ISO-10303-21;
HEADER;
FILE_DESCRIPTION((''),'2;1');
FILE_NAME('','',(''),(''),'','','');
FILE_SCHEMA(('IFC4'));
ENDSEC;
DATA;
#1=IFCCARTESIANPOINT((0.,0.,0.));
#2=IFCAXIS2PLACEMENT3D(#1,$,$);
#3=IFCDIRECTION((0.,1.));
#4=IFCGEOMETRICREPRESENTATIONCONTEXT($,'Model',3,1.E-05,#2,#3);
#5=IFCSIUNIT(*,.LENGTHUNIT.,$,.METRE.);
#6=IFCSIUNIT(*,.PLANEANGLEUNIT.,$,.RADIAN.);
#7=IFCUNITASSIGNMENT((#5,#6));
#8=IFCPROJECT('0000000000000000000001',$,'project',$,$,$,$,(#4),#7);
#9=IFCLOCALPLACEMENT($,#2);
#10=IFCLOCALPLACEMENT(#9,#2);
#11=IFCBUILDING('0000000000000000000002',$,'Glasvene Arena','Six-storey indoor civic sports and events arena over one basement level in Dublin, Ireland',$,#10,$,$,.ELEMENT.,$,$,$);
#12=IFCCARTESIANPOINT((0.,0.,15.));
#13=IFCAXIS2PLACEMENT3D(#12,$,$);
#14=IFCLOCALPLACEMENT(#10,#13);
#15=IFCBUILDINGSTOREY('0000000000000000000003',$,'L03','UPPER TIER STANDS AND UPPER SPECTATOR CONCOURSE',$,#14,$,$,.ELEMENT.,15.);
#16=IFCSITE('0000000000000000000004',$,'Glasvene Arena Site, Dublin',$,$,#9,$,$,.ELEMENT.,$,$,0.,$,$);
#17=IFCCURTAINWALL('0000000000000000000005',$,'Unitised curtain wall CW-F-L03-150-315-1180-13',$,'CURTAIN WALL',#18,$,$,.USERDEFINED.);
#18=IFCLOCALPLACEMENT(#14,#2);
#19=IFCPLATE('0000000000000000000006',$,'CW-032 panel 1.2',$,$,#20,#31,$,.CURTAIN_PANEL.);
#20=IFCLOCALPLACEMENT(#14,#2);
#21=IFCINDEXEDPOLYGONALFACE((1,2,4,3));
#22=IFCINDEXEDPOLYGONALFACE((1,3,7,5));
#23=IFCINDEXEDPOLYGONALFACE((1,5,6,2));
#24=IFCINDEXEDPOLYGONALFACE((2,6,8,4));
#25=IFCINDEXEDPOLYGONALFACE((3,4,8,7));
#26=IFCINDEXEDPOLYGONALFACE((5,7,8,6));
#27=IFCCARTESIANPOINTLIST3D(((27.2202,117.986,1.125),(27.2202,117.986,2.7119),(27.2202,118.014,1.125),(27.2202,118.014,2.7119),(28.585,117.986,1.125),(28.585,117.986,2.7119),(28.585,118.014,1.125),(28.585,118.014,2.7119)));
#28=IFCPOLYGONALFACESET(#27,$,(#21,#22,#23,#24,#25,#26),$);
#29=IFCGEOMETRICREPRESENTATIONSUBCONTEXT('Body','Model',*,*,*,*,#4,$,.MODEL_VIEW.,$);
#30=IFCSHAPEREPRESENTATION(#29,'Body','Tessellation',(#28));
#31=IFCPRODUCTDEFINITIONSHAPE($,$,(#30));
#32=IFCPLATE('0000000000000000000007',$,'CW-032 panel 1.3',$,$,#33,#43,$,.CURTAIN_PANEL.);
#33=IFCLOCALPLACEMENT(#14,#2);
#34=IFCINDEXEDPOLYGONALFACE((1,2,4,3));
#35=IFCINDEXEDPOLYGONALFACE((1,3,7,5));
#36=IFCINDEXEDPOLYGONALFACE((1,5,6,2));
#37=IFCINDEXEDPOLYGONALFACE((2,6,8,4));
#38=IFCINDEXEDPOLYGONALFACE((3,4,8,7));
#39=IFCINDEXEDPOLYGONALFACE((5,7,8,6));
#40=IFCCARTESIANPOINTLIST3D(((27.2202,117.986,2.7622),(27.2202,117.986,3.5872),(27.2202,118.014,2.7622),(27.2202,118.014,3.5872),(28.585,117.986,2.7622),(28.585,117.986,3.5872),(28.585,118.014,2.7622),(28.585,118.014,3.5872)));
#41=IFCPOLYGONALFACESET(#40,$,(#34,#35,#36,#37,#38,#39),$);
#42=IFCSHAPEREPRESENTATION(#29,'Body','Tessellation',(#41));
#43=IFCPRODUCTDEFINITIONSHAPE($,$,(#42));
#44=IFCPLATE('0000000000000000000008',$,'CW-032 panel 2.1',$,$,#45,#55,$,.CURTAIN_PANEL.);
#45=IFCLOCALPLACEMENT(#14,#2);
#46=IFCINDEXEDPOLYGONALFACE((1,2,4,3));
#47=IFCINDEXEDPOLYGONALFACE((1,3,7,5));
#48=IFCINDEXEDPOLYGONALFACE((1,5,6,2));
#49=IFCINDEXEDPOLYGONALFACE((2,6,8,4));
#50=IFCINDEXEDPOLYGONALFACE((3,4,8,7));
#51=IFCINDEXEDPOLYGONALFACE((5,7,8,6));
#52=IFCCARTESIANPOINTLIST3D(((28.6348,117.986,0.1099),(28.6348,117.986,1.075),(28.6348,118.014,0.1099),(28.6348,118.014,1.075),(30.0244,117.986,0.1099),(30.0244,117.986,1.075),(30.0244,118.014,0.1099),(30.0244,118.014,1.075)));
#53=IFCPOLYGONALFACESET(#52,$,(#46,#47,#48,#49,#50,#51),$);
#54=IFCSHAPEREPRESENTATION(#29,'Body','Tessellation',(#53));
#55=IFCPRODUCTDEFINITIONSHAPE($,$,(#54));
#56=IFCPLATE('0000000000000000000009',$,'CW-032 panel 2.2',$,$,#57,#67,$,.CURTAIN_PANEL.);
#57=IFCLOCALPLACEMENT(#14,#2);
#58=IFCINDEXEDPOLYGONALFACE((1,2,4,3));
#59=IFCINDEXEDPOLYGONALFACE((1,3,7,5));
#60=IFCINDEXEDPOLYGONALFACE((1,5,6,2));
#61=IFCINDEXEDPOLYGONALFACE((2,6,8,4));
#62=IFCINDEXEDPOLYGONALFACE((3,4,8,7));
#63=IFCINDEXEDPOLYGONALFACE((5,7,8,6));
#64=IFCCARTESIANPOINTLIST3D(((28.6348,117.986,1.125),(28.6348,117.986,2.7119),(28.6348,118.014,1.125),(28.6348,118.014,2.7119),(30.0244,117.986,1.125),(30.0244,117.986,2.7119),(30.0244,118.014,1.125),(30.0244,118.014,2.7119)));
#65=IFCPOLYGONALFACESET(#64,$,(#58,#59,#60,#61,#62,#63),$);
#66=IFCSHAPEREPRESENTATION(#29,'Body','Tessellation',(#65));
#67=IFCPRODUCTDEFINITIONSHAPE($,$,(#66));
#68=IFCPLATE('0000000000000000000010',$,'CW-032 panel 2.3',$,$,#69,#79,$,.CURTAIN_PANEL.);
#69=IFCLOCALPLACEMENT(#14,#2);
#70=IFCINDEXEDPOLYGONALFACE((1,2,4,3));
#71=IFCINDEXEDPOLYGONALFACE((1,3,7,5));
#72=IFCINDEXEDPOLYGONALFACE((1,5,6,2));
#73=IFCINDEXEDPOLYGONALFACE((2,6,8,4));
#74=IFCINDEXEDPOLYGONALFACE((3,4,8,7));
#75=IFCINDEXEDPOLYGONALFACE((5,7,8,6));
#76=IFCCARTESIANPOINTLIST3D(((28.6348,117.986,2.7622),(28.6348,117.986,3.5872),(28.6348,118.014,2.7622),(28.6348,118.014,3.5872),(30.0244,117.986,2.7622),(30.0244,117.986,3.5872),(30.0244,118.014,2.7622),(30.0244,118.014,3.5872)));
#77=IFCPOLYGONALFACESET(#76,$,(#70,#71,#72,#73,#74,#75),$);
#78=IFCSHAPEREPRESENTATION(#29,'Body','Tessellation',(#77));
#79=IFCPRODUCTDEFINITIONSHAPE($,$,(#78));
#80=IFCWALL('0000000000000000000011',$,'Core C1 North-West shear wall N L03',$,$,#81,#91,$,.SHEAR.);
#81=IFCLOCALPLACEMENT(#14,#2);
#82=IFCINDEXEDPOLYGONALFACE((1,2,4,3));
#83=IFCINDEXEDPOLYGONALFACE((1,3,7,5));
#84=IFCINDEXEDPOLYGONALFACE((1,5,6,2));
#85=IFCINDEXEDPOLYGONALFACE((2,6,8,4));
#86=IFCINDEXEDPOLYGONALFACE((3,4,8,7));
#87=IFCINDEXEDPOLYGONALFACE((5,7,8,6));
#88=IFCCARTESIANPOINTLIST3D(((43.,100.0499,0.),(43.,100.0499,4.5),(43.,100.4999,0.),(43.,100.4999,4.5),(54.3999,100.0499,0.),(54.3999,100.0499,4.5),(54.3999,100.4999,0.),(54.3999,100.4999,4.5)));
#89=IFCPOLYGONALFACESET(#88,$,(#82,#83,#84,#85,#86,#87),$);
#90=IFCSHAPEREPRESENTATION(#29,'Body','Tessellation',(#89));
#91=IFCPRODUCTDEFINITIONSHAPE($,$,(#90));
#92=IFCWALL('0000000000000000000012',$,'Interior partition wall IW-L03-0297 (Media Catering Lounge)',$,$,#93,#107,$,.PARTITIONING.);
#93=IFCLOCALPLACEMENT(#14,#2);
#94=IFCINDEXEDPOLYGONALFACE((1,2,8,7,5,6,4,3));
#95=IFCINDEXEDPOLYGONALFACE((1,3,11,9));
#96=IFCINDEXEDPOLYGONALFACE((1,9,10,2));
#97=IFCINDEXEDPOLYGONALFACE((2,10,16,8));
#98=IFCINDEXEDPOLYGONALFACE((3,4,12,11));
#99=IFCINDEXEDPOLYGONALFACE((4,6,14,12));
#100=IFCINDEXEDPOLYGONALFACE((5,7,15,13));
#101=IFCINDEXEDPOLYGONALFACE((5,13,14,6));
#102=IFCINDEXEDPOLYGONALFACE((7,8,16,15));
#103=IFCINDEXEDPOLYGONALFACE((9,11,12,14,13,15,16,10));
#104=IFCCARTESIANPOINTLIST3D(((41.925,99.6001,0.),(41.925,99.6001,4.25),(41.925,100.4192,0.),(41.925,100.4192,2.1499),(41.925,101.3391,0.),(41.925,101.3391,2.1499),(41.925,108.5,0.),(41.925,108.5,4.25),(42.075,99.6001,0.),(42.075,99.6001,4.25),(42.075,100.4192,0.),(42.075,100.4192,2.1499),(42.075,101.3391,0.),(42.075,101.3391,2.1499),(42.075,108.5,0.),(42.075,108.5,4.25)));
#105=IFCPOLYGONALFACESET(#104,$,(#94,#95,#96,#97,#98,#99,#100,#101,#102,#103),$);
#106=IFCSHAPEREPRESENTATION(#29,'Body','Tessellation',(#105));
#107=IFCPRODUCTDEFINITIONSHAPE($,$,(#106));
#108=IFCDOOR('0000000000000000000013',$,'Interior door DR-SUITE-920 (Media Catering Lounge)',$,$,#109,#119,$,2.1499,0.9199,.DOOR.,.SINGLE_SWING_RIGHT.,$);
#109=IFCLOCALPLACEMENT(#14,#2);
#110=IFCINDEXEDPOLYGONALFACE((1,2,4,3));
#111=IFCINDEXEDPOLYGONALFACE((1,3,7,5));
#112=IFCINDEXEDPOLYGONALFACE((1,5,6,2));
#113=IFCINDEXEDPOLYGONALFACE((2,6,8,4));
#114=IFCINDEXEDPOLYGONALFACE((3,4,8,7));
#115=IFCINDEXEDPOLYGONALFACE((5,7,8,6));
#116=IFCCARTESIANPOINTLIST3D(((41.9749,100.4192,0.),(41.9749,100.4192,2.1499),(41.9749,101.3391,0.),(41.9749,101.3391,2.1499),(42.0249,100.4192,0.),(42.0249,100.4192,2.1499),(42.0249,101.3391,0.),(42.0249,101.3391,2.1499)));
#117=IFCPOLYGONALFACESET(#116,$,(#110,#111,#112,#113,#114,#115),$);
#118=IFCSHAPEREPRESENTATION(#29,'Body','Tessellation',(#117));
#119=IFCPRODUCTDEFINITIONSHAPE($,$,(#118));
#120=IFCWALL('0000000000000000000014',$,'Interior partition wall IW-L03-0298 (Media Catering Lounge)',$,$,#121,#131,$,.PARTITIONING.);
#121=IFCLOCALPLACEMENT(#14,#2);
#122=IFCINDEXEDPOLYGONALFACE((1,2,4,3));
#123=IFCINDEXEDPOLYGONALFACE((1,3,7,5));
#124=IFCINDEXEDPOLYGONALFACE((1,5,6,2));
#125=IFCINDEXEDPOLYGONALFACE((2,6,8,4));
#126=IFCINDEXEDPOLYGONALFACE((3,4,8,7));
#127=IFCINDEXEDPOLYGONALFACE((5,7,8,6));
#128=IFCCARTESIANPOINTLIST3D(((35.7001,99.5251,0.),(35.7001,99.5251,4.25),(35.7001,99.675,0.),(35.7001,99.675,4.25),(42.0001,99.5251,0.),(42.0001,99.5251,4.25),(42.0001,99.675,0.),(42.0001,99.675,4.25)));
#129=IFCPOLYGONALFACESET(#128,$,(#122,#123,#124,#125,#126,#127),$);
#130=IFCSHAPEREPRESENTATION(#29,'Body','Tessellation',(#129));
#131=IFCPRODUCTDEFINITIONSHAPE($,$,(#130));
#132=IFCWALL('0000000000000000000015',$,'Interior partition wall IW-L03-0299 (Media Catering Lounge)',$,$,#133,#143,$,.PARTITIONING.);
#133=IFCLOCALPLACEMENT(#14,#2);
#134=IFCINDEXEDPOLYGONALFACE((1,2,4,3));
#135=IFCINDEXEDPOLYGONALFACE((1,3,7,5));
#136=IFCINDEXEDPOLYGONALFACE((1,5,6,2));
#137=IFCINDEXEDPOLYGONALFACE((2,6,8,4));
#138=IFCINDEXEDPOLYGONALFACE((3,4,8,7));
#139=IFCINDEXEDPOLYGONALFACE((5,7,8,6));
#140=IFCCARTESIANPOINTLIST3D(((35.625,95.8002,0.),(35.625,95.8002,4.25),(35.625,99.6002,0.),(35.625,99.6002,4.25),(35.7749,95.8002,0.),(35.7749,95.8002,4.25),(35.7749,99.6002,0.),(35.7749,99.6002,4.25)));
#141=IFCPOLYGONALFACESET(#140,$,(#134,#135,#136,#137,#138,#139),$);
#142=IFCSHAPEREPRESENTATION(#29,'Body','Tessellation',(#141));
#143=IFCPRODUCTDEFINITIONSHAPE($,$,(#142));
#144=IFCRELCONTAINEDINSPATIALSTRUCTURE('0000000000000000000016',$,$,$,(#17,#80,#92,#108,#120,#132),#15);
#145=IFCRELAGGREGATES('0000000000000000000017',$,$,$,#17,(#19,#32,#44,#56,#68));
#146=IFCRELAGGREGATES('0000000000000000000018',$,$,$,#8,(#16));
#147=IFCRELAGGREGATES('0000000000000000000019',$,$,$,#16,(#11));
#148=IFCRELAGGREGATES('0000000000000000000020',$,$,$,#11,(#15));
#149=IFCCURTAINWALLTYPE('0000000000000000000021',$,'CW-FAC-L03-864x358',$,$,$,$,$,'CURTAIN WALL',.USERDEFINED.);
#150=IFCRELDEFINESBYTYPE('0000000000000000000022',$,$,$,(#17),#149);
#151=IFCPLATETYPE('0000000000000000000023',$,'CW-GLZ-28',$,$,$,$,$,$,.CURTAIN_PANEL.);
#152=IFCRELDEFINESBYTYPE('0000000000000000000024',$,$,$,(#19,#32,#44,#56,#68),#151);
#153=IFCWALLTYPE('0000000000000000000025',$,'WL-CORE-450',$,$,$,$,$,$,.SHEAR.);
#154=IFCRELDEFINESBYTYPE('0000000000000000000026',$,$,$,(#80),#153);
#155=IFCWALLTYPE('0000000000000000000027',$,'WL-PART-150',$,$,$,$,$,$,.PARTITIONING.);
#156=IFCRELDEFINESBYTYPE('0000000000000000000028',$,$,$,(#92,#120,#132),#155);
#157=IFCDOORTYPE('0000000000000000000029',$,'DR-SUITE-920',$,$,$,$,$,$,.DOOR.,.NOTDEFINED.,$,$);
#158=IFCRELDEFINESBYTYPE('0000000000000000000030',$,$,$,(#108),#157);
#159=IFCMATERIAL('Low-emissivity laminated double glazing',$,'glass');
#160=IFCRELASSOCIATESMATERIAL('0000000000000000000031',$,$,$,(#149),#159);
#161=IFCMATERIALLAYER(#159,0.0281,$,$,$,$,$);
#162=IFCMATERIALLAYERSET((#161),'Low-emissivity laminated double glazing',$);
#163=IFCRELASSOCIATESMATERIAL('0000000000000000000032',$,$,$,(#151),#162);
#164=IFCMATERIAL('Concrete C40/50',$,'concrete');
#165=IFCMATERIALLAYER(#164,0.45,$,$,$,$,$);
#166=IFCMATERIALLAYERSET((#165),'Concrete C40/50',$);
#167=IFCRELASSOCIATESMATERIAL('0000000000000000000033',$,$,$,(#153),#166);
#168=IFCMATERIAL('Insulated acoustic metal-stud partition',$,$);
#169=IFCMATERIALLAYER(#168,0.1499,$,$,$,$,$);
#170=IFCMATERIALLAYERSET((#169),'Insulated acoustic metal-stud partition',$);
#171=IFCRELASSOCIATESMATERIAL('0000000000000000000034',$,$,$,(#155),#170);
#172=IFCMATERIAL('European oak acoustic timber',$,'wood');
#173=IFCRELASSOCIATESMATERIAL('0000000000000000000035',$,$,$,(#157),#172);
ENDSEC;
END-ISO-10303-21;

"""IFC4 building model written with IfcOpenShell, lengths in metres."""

from ifc_helpers import new_model, si_unit, direction, frame, frame_2d, origin, origin_2d, place, context, subcontext, project, spatial, rectangle, extrude, material, layer, layer_set, type_object, element, fill, aggregate, save


model = new_model("IFC4")

# Units and contexts
model_context = context("Model", 3, precision=1e-05, world=origin(), true_north=direction((0.0, 1.0)))
body_context = subcontext(model_context, "Body", "Model", "MODEL_VIEW")
ifc_project = project(units=[si_unit("LENGTHUNIT", "METRE"), si_unit("PLANEANGLEUNIT", "RADIAN")], contexts=[model_context])

# Site, building, storey
site_placement = place(None, origin())
site = spatial("IfcSite", under=ifc_project, at=site_placement, Name="Glasvene Arena Site, Dublin", CompositionType="ELEMENT", RefElevation=0.0)
building_placement = place(site_placement, origin())
building = spatial("IfcBuilding", under=site, at=building_placement, Name="Glasvene Arena", Description="Six-storey indoor civic sports and events arena over one basement level in Dublin, Ireland", CompositionType="ELEMENT")
storey_placement = place(building_placement, frame((0.0, 0.0, 15.0)))
storey = spatial("IfcBuildingStorey", under=building, at=storey_placement, Name="L03", Description="UPPER TIER STANDS AND UPPER SPECTATOR CONCOURSE", CompositionType="ELEMENT", Elevation=15.0)

# Curtain wall, plates
ifc_material_1 = material(Name="Low-emissivity laminated double glazing", Category="glass")
curtain_wall_type = type_object("IfcCurtainWallType", Name="CW-FAC-L03-864x358", ElementType="CURTAIN WALL", PredefinedType="USERDEFINED", material=ifc_material_1)
curtain_wall_placement = place(storey_placement, frame((27.1702, 118.0, 0.0)))
curtain_wall = element("IfcCurtainWall", 1, at=curtain_wall_placement, inside=storey, type_object=curtain_wall_type, Name="Unitised curtain wall CW-F-L03-150-315-1180-13", ObjectType="CURTAIN WALL", PredefinedType="USERDEFINED")
ifc_layer_1 = layer(ifc_material_1, 0.0281)
ifc_layer_set_1 = layer_set([ifc_layer_1], Name="Low-emissivity laminated double glazing")
plate_type = type_object("IfcPlateType", Name="CW-GLZ-28", PredefinedType="CURTAIN_PANEL", material=ifc_layer_set_1)
plate_1_placement = place(storey_placement, frame((27.9026, 118.0, 1.125), z_axis=(0.0, 0.0, 1.0), x_axis=(1.0, 0.0, 0.0)))
plate_1 = element("IfcPlate", 2, at=plate_1_placement, type_object=plate_type, Name="CW-032 panel 1.2", PredefinedType="CURTAIN_PANEL", context=body_context, shape_type="SweptSolid", body=[
    extrude(rectangle(XDim=1.3647, YDim=0.0281, at=origin_2d()), origin(), (0.0, 0.0, 1.0), 1.5869),
])
plate_2_placement = place(storey_placement, frame((27.9026, 118.0, 2.7622), z_axis=(0.0, 0.0, 1.0), x_axis=(1.0, 0.0, 0.0)))
plate_2 = element("IfcPlate", 3, at=plate_2_placement, type_object=plate_type, Name="CW-032 panel 1.3", PredefinedType="CURTAIN_PANEL", context=body_context, shape_type="SweptSolid", body=[
    extrude(rectangle(XDim=1.3647, YDim=0.0281, at=origin_2d()), origin(), (0.0, 0.0, 1.0), 0.825),
])
plate_3_placement = place(storey_placement, frame((29.3296, 118.0, 0.1099), z_axis=(0.0, 0.0, 1.0), x_axis=(1.0, 0.0, 0.0)))
plate_3 = element("IfcPlate", 4, at=plate_3_placement, type_object=plate_type, Name="CW-032 panel 2.1", PredefinedType="CURTAIN_PANEL", context=body_context, shape_type="SweptSolid", body=[
    extrude(rectangle(XDim=1.3896, YDim=0.0281, at=origin_2d()), origin(), (0.0, 0.0, 1.0), 0.9651),
])
plate_4_placement = place(storey_placement, frame((29.3296, 118.0, 1.125), z_axis=(0.0, 0.0, 1.0), x_axis=(1.0, 0.0, 0.0)))
plate_4 = element("IfcPlate", 5, at=plate_4_placement, type_object=plate_type, Name="CW-032 panel 2.2", PredefinedType="CURTAIN_PANEL", context=body_context, shape_type="SweptSolid", body=[
    extrude(rectangle(XDim=1.3896, YDim=0.0281, at=origin_2d()), origin(), (0.0, 0.0, 1.0), 1.5869),
])
plate_5_placement = place(storey_placement, frame((29.3296, 118.0, 2.7622), z_axis=(0.0, 0.0, 1.0), x_axis=(1.0, 0.0, 0.0)))
plate_5 = element("IfcPlate", 6, at=plate_5_placement, type_object=plate_type, Name="CW-032 panel 2.3", PredefinedType="CURTAIN_PANEL", context=body_context, shape_type="SweptSolid", body=[
    extrude(rectangle(XDim=1.3896, YDim=0.0281, at=origin_2d()), origin(), (0.0, 0.0, 1.0), 0.825),
])
aggregate(curtain_wall, [plate_1, plate_2, plate_3, plate_4, plate_5])

# Wall
ifc_material_2 = material(Name="Concrete C40/50", Category="concrete")
ifc_layer_2 = layer(ifc_material_2, 0.45)
ifc_layer_set_2 = layer_set([ifc_layer_2], Name="Concrete C40/50")
wall_type_1 = type_object("IfcWallType", Name="WL-CORE-450", PredefinedType="SHEAR", material=ifc_layer_set_2)
wall_1_placement = place(storey_placement, frame((43.0, 100.2749, 0.0), z_axis=(0.0, 0.0, 1.0), x_axis=(1.0, 0.0, 0.0)))
element("IfcWall", 7, at=wall_1_placement, inside=storey, type_object=wall_type_1, Name="Core C1 North-West shear wall N L03", PredefinedType="SHEAR", context=body_context, shape_type="SweptSolid", body=[
    extrude(rectangle(XDim=11.3999, YDim=0.45, at=frame_2d((5.7, 0.0))), origin(), (0.0, 0.0, 1.0), 4.5),
])

# Wall, opening, door
ifc_material_3 = material(Name="Insulated acoustic metal-stud partition")
ifc_layer_3 = layer(ifc_material_3, 0.1499)
ifc_layer_set_3 = layer_set([ifc_layer_3], Name="Insulated acoustic metal-stud partition")
wall_type_2 = type_object("IfcWallType", Name="WL-PART-150", PredefinedType="PARTITIONING", material=ifc_layer_set_3)
wall_2_placement = place(storey_placement, frame((42.0, 108.5, 0.0), z_axis=(0.0, 0.0, 1.0), x_axis=(0.0, -1.0, 0.0)))
wall_2 = element("IfcWall", 8, at=wall_2_placement, inside=storey, type_object=wall_type_2, Name="Interior partition wall IW-L03-0297 (Media Catering Lounge)", PredefinedType="PARTITIONING", context=body_context, shape_type="SweptSolid", body=[
    extrude(rectangle(XDim=8.8999, YDim=0.1499, at=frame_2d((4.45, 0.0))), origin(), (0.0, 0.0, 1.0), 4.25),
])
opening_placement = place(wall_2_placement, frame((7.1609, 0.0, 0.0)))
opening = element("IfcOpeningElement", 9, at=opening_placement, cuts=wall_2, PredefinedType="OPENING", context=body_context, shape_type="SweptSolid", body=[
    extrude(rectangle(XDim=0.9199, YDim=2.1499, at=frame_2d((0.46, 1.075))), frame((0.0, 0.085, 0.0), z_axis=(0.0, -1.0, 0.0), x_axis=(1.0, 0.0, 0.0)), (0.0, 0.0, 1.0), 0.1699),
])
ifc_material_4 = material(Name="European oak acoustic timber", Category="wood")
door_type = type_object("IfcDoorType", Name="DR-SUITE-920", OperationType="NOTDEFINED", PredefinedType="DOOR", material=ifc_material_4)
door_placement = place(opening_placement, origin())
door = element("IfcDoor", 10, at=door_placement, inside=storey, type_object=door_type, Name="Interior door DR-SUITE-920 (Media Catering Lounge)", OperationType="SINGLE_SWING_RIGHT", OverallHeight=2.1499, OverallWidth=0.9199, PredefinedType="DOOR", context=body_context, shape_type="SweptSolid", body=[
    extrude(rectangle(XDim=0.9199, YDim=2.1499, at=frame_2d((0.46, 1.075))), frame((0.0, 0.0249, 0.0), z_axis=(0.0, -1.0, 0.0), x_axis=(1.0, 0.0, 0.0)), (0.0, 0.0, 1.0), 0.05),
])
fill(opening, door)

# Walls
wall_3_placement = place(storey_placement, frame((42.0, 99.6001, 0.0), z_axis=(0.0, 0.0, 1.0), x_axis=(-1.0, 0.0, 0.0)))
element("IfcWall", 11, at=wall_3_placement, inside=storey, type_object=wall_type_2, Name="Interior partition wall IW-L03-0298 (Media Catering Lounge)", PredefinedType="PARTITIONING", context=body_context, shape_type="SweptSolid", body=[
    extrude(rectangle(XDim=6.3, YDim=0.1499, at=frame_2d((3.1499, 0.0))), origin(), (0.0, 0.0, 1.0), 4.25),
])
wall_4_placement = place(storey_placement, frame((35.7, 99.6001, 0.0), z_axis=(0.0, 0.0, 1.0), x_axis=(0.0, -1.0, 0.0)))
element("IfcWall", 12, at=wall_4_placement, inside=storey, type_object=wall_type_2, Name="Interior partition wall IW-L03-0299 (Media Catering Lounge)", PredefinedType="PARTITIONING", context=body_context, shape_type="SweptSolid", body=[
    extrude(rectangle(XDim=3.8, YDim=0.1499, at=frame_2d((1.8999, 0.0))), origin(), (0.0, 0.0, 1.0), 4.25),
])

save(model, "model.ifc")
